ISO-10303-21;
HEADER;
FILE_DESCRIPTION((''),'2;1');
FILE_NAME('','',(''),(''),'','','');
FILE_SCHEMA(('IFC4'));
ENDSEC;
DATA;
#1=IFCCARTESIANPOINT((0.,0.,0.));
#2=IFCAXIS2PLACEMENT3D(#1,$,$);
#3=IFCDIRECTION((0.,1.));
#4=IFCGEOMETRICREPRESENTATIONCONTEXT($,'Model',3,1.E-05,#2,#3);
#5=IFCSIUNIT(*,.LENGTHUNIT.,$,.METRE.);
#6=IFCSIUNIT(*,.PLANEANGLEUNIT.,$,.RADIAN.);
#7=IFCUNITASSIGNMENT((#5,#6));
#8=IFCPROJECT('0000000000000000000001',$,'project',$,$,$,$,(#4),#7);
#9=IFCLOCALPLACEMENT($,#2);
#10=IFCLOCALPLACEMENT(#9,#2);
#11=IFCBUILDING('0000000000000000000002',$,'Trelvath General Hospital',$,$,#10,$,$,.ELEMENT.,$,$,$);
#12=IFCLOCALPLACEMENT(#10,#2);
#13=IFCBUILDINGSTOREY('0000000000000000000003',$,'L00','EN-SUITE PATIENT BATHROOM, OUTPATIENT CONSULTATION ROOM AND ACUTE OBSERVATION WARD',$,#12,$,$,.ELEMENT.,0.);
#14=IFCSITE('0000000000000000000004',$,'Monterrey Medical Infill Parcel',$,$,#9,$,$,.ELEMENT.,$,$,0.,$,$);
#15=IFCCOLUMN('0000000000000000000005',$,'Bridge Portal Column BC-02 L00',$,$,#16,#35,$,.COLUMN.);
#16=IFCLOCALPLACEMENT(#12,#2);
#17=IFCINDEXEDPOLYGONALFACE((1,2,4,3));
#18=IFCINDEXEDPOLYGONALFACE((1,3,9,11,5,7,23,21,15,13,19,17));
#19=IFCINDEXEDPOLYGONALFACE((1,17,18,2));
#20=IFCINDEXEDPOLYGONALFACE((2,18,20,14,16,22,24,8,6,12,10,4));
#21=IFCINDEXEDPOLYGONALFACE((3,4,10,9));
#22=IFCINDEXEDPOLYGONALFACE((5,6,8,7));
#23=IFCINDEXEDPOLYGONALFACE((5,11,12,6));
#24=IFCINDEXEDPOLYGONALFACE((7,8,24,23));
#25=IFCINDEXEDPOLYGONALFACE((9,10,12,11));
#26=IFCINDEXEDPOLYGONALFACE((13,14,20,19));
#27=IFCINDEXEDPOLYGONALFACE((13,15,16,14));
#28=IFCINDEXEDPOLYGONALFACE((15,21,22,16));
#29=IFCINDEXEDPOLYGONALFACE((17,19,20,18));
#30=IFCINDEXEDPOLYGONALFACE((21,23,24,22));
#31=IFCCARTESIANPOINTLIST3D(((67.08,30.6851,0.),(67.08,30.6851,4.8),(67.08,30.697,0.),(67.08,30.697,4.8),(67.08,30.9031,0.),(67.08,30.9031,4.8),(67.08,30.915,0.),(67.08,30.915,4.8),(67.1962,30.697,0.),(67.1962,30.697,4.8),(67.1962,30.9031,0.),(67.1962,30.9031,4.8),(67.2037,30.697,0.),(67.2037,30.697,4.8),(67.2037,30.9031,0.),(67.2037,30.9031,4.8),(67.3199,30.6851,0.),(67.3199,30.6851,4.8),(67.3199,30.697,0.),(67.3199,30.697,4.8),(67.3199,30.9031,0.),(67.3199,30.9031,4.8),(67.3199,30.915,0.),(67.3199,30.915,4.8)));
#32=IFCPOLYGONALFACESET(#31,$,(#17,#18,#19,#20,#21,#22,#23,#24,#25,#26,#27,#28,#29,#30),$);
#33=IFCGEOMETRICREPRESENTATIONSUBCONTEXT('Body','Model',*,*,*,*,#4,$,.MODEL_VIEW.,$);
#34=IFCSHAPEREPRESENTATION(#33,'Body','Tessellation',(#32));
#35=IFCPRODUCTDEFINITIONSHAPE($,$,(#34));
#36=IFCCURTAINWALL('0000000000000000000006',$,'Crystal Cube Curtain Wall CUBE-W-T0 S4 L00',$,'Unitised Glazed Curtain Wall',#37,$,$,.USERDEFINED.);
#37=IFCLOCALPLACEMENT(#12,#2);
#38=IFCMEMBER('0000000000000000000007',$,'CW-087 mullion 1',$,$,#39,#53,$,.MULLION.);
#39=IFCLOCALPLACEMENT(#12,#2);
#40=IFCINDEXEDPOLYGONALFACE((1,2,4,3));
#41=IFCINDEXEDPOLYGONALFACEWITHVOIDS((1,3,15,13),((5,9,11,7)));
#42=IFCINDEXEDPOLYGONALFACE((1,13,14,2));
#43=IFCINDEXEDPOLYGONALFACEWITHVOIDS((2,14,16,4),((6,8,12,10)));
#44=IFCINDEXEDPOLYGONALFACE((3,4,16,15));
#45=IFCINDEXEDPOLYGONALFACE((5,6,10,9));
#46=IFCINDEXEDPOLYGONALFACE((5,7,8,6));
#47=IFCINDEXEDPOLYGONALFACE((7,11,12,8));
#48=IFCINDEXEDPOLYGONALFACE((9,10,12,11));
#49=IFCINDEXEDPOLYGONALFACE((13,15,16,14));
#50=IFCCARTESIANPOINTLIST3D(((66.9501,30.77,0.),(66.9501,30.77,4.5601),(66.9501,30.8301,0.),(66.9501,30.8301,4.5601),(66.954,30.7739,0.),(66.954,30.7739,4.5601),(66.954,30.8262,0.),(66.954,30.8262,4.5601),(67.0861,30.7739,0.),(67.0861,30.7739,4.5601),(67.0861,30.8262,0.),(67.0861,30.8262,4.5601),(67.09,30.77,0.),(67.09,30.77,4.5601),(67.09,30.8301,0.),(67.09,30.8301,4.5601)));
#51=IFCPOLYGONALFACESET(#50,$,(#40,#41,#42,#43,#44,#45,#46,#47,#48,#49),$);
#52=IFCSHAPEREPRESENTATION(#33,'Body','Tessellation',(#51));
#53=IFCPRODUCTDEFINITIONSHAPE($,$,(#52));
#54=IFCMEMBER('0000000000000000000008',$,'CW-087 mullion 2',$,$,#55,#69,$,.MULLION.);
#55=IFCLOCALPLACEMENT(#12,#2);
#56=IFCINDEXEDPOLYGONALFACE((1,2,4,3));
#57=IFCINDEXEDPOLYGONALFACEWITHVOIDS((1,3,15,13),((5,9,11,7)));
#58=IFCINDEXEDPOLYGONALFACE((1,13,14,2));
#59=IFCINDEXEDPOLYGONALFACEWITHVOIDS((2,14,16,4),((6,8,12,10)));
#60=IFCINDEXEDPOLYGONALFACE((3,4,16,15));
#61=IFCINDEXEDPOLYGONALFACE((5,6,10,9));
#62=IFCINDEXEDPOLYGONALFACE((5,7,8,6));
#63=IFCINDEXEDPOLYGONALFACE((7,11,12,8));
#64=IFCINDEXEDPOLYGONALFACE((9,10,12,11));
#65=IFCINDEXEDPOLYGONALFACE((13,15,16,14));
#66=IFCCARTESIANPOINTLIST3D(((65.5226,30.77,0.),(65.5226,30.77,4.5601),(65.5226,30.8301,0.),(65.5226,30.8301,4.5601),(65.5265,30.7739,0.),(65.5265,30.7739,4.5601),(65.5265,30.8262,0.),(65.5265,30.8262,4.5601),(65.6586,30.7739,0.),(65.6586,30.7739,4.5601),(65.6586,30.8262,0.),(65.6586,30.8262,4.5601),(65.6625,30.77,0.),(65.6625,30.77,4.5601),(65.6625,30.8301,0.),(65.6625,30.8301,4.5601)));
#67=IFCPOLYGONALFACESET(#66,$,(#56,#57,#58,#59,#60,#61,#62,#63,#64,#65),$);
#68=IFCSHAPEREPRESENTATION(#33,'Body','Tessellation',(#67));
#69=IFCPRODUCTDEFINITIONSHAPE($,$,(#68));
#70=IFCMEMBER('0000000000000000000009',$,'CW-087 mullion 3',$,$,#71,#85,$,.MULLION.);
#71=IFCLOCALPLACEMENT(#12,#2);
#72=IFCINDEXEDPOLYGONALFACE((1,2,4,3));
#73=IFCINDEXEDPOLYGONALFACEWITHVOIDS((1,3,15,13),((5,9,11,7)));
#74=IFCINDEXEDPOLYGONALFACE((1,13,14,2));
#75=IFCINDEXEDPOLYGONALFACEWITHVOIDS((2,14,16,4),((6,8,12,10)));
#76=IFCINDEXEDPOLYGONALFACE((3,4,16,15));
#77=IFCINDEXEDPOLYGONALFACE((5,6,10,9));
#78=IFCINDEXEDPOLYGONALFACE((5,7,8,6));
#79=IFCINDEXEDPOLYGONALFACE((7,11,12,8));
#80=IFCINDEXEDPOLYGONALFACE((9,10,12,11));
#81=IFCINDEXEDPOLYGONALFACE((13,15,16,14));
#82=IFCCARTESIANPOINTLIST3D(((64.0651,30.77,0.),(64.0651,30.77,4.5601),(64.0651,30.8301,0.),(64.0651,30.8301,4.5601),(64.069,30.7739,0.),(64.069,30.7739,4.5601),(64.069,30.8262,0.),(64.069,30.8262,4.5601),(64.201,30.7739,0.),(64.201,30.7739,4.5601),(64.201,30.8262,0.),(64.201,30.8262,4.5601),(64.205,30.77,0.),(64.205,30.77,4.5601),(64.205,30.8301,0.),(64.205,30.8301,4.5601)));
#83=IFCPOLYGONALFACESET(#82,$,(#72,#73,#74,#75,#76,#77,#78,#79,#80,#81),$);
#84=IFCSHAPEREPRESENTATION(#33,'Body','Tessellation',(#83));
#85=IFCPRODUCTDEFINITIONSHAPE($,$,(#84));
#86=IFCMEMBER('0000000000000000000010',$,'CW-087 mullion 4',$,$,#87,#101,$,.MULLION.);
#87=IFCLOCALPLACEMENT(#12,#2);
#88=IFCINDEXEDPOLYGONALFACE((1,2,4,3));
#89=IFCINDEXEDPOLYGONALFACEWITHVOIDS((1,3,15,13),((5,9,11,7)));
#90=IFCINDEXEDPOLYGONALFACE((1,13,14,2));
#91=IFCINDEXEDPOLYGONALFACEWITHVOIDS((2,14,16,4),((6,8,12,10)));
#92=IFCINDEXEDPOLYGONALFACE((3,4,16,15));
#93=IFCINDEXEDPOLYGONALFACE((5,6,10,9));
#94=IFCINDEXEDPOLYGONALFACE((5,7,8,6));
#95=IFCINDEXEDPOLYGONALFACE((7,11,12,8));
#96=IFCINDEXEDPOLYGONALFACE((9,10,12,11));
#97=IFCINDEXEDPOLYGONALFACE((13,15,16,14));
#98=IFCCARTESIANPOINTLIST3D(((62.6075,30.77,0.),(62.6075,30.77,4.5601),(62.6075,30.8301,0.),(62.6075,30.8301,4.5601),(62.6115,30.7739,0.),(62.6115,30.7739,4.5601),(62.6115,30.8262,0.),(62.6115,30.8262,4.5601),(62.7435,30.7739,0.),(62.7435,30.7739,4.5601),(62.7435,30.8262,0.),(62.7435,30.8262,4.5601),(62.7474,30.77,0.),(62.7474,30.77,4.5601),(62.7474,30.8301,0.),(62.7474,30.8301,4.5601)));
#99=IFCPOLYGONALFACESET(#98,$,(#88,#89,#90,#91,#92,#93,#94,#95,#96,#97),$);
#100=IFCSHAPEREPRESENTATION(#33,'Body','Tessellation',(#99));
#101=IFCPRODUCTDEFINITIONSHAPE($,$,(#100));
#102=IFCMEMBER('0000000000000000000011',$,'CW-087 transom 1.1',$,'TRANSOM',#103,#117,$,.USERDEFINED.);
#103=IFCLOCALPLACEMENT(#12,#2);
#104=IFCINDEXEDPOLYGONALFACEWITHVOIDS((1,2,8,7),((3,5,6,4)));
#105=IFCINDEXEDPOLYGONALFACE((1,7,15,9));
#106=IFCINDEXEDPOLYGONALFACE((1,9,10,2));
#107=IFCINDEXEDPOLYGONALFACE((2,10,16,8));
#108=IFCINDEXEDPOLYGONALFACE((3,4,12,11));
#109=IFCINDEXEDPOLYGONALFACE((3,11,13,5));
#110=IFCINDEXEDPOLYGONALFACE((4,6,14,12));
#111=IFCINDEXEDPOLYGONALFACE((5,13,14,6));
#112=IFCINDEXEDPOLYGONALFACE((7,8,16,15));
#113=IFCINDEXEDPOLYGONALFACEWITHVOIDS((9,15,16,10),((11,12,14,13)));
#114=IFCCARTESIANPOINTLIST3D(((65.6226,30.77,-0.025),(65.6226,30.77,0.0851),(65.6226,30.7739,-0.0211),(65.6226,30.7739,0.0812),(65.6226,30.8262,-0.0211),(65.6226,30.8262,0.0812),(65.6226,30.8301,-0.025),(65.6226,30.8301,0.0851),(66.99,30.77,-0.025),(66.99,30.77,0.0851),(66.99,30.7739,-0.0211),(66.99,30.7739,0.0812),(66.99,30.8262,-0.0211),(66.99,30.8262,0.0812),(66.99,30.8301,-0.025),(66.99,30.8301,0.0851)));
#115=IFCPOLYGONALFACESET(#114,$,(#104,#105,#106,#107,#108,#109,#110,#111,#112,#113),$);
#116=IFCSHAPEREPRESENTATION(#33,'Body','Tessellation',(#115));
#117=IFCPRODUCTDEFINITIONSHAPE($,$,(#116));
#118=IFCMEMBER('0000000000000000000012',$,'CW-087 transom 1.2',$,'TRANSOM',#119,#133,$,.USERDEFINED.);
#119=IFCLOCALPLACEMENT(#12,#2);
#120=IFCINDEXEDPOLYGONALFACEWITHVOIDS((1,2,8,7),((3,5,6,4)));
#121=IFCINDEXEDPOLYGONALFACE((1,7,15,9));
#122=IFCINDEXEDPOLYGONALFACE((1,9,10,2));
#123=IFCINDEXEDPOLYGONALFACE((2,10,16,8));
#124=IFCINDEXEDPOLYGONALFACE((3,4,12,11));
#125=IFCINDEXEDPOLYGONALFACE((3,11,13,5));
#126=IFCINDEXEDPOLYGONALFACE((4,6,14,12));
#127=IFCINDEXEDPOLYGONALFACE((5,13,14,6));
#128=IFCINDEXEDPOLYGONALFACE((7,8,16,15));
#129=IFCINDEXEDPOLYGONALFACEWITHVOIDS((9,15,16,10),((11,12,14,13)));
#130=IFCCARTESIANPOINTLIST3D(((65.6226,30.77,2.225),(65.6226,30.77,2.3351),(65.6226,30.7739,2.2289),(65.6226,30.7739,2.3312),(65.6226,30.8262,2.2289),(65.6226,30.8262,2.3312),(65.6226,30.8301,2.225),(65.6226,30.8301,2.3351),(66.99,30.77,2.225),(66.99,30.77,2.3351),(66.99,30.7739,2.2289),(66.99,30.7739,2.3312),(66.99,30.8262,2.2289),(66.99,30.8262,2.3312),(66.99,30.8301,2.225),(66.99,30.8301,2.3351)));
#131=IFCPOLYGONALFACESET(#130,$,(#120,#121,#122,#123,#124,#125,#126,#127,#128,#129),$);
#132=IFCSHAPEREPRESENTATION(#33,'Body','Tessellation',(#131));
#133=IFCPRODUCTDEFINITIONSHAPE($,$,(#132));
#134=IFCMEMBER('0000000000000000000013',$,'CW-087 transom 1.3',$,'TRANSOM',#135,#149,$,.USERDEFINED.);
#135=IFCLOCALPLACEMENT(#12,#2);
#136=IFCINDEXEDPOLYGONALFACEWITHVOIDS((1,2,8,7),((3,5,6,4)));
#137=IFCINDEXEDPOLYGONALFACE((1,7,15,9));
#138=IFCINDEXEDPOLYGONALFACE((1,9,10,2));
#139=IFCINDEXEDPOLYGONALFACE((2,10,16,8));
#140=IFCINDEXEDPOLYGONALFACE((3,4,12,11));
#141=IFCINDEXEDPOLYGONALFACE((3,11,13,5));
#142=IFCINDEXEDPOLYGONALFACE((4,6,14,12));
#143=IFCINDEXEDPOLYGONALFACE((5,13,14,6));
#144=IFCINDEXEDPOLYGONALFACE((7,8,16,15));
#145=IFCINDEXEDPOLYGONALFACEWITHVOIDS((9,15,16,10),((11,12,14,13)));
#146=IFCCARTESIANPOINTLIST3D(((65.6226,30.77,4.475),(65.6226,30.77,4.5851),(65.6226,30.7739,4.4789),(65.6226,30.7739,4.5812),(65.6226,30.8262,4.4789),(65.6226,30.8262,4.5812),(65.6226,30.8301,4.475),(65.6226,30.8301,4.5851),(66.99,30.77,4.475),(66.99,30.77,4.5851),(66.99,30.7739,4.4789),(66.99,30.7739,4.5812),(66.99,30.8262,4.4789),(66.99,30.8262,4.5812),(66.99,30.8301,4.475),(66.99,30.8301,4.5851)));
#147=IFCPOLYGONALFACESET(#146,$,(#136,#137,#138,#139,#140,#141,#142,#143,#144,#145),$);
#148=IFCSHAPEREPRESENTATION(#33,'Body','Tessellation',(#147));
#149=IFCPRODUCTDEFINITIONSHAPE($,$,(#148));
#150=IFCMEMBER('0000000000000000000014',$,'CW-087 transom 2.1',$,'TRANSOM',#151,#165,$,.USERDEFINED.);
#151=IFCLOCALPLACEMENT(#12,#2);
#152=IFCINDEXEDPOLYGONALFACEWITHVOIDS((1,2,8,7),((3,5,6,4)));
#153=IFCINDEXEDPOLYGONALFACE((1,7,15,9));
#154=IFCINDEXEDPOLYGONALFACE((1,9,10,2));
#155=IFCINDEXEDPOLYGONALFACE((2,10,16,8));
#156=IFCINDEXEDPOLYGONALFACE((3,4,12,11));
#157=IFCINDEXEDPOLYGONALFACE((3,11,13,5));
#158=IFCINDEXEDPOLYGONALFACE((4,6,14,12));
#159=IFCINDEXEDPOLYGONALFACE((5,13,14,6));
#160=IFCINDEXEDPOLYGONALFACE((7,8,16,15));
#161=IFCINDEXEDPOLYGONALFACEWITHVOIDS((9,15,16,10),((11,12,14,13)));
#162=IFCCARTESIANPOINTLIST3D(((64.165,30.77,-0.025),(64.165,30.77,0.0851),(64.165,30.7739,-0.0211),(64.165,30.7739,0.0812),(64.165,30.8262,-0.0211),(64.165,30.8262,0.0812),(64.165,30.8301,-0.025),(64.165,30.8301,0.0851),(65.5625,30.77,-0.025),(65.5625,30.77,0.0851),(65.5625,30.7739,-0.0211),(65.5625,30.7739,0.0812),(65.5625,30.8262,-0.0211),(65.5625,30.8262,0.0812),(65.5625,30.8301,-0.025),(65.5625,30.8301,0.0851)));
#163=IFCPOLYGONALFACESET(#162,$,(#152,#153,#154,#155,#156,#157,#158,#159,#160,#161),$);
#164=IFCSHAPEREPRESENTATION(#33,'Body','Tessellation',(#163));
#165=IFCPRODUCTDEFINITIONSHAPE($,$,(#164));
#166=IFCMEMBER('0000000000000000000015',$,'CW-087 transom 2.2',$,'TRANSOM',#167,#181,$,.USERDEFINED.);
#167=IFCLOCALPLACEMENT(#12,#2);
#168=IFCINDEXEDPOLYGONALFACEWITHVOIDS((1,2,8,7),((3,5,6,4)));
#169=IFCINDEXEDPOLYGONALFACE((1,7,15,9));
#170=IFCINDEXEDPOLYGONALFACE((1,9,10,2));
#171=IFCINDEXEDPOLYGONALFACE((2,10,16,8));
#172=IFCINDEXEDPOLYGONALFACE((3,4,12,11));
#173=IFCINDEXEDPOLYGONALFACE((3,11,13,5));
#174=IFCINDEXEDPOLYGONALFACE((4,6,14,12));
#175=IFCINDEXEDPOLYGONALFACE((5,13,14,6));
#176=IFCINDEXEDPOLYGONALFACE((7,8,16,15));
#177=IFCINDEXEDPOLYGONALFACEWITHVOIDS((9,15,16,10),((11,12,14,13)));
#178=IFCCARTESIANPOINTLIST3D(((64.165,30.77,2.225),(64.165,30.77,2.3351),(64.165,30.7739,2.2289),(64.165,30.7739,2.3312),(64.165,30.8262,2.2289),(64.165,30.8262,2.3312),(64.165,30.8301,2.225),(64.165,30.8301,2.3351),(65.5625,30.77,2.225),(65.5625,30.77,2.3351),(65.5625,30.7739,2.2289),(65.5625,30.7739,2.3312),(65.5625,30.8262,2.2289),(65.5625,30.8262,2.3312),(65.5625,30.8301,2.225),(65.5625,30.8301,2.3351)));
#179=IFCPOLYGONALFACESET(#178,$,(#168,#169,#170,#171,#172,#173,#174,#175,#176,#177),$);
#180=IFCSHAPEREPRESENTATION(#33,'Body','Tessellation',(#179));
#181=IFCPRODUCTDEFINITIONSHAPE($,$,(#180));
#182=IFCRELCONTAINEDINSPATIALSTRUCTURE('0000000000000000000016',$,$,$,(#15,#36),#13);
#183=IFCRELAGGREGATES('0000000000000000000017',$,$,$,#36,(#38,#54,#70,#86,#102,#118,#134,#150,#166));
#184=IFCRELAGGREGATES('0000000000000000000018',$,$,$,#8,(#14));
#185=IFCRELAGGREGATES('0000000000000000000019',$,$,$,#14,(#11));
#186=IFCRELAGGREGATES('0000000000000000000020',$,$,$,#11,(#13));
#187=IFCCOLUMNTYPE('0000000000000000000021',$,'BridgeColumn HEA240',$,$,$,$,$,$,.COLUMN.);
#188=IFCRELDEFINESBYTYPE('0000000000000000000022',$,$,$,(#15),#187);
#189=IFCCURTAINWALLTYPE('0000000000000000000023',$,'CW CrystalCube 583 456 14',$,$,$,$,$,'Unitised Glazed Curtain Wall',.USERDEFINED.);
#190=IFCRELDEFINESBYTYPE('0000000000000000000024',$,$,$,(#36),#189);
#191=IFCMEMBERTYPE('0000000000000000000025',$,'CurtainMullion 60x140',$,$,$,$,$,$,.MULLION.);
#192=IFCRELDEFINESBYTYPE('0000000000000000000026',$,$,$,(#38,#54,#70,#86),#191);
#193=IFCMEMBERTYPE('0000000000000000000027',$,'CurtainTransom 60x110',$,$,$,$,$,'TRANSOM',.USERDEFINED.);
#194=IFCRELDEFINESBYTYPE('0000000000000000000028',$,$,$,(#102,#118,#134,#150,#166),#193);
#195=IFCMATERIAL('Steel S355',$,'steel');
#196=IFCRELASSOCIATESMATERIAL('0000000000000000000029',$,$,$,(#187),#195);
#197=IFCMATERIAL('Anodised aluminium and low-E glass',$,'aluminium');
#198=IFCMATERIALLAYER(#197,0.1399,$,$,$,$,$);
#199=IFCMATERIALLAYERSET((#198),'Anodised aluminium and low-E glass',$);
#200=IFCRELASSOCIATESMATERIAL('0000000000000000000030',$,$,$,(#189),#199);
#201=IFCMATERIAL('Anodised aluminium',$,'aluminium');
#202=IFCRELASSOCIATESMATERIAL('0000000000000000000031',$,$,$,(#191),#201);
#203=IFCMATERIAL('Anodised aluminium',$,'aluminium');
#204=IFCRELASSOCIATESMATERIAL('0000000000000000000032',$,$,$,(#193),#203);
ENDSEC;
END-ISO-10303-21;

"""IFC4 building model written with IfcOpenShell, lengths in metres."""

from ifc_helpers import new_model, si_unit, direction, frame, origin, origin_2d, place, context, subcontext, project, spatial, hollow_rectangle, i_section, extrude, material, layer, layer_set, material_profile, profile_set, type_object, element, aggregate, save


model = new_model("IFC4")

# Units and contexts
model_context = context("Model", 3, precision=1e-05, world=origin(), true_north=direction((0.0, 1.0)))
body_context = subcontext(model_context, "Body", "Model", "MODEL_VIEW")
ifc_project = project(units=[si_unit("LENGTHUNIT", "METRE"), si_unit("PLANEANGLEUNIT", "RADIAN")], contexts=[model_context])

# Site, building, storey
site_placement = place(None, origin())
site = spatial("IfcSite", under=ifc_project, at=site_placement, Name="Monterrey Medical Infill Parcel", CompositionType="ELEMENT", RefElevation=0.0)
building_placement = place(site_placement, origin())
building = spatial("IfcBuilding", under=site, at=building_placement, Name="Trelvath General Hospital", CompositionType="ELEMENT")
storey_placement = place(building_placement, origin())
storey = spatial("IfcBuildingStorey", under=building, at=storey_placement, Name="L00", Description="EN-SUITE PATIENT BATHROOM, OUTPATIENT CONSULTATION ROOM AND ACUTE OBSERVATION WARD", CompositionType="ELEMENT", Elevation=0.0)

# Column
ifc_material_1 = material(Name="Steel S355", Category="steel")
ifc_material_profile_1 = material_profile(ifc_material_1, i_section(OverallWidth=0.24, OverallDepth=0.23, WebThickness=0.0076, FlangeThickness=0.012, at=origin_2d()), Name="HEA240")
ifc_profile_set_1 = profile_set([ifc_material_profile_1], Name="Steel S355")
column_type = type_object("IfcColumnType", Name="BridgeColumn HEA240", PredefinedType="COLUMN", material=ifc_profile_set_1)
column_placement = place(storey_placement, frame((67.2, 30.8, 0.0), z_axis=(0.0, 0.0, 1.0), x_axis=(1.0, 0.0, 0.0)))
element("IfcColumn", 1, at=column_placement, inside=storey, type_object=column_type, Name="Bridge Portal Column BC-02 L00", PredefinedType="COLUMN", context=body_context, shape_type="SweptSolid", body=[
    extrude(i_section(OverallWidth=0.24, OverallDepth=0.23, WebThickness=0.0076, FlangeThickness=0.012, at=origin_2d()), origin(), (0.0, 0.0, 1.0), 4.8),
])

# Curtain wall, members
ifc_material_2 = material(Name="Anodised aluminium and low-E glass", Category="aluminium")
ifc_layer_1 = layer(ifc_material_2, 0.1399)
ifc_layer_set_1 = layer_set([ifc_layer_1], Name="Anodised aluminium and low-E glass")
curtain_wall_type = type_object("IfcCurtainWallType", Name="CW CrystalCube 583 456 14", ElementType="Unitised Glazed Curtain Wall", PredefinedType="USERDEFINED", material=ifc_layer_set_1)
curtain_wall_placement = place(storey_placement, origin())
curtain_wall = element("IfcCurtainWall", 2, at=curtain_wall_placement, inside=storey, type_object=curtain_wall_type, Name="Crystal Cube Curtain Wall CUBE-W-T0 S4 L00", ObjectType="Unitised Glazed Curtain Wall", PredefinedType="USERDEFINED")
ifc_material_3 = material(Name="Anodised aluminium", Category="aluminium")
ifc_material_profile_2 = material_profile(ifc_material_3, hollow_rectangle(XDim=0.0601, YDim=0.1399, WallThickness=0.0039, at=origin_2d()), Name="RHS60x140x4")
ifc_profile_set_2 = profile_set([ifc_material_profile_2], Name="Anodised aluminium")
member_type_1 = type_object("IfcMemberType", Name="CurtainMullion 60x140", PredefinedType="MULLION", material=ifc_profile_set_2)
member_1_placement = place(storey_placement, frame((67.02, 30.8, 0.0), z_axis=(0.0, 0.0, 1.0), x_axis=(0.0, -1.0, 0.0)))
member_1 = element("IfcMember", 3, at=member_1_placement, type_object=member_type_1, Name="CW-087 mullion 1", PredefinedType="MULLION", context=body_context, shape_type="SweptSolid", body=[
    extrude(hollow_rectangle(XDim=0.0601, YDim=0.1399, WallThickness=0.0039, at=origin_2d()), origin(), (0.0, 0.0, 1.0), 4.5601),
])
member_2_placement = place(storey_placement, frame((65.5925, 30.8, 0.0), z_axis=(0.0, 0.0, 1.0), x_axis=(0.0, -1.0, 0.0)))
member_2 = element("IfcMember", 4, at=member_2_placement, type_object=member_type_1, Name="CW-087 mullion 2", PredefinedType="MULLION", context=body_context, shape_type="SweptSolid", body=[
    extrude(hollow_rectangle(XDim=0.0601, YDim=0.1399, WallThickness=0.0039, at=origin_2d()), origin(), (0.0, 0.0, 1.0), 4.5601),
])
member_3_placement = place(storey_placement, frame((64.135, 30.8, 0.0), z_axis=(0.0, 0.0, 1.0), x_axis=(0.0, -1.0, 0.0)))
member_3 = element("IfcMember", 5, at=member_3_placement, type_object=member_type_1, Name="CW-087 mullion 3", PredefinedType="MULLION", context=body_context, shape_type="SweptSolid", body=[
    extrude(hollow_rectangle(XDim=0.0601, YDim=0.1399, WallThickness=0.0039, at=origin_2d()), origin(), (0.0, 0.0, 1.0), 4.5601),
])
member_4_placement = place(storey_placement, frame((62.6775, 30.8, 0.0), z_axis=(0.0, 0.0, 1.0), x_axis=(0.0, -1.0, 0.0)))
member_4 = element("IfcMember", 6, at=member_4_placement, type_object=member_type_1, Name="CW-087 mullion 4", PredefinedType="MULLION", context=body_context, shape_type="SweptSolid", body=[
    extrude(hollow_rectangle(XDim=0.0601, YDim=0.1399, WallThickness=0.0039, at=origin_2d()), origin(), (0.0, 0.0, 1.0), 4.5601),
])
ifc_material_4 = material(Name="Anodised aluminium", Category="aluminium")
ifc_material_profile_3 = material_profile(ifc_material_4, hollow_rectangle(XDim=0.0601, YDim=0.1101, WallThickness=0.0039, at=origin_2d()), Name="RHS60x110x4")
ifc_profile_set_3 = profile_set([ifc_material_profile_3], Name="Anodised aluminium")
member_type_2 = type_object("IfcMemberType", Name="CurtainTransom 60x110", ElementType="TRANSOM", PredefinedType="USERDEFINED", material=ifc_profile_set_3)
member_5_placement = place(storey_placement, frame((66.99, 30.8, 0.03), z_axis=(-1.0, 0.0, 0.0), x_axis=(0.0, -1.0, 0.0)))
member_5 = element("IfcMember", 7, at=member_5_placement, type_object=member_type_2, Name="CW-087 transom 1.1", ObjectType="TRANSOM", PredefinedType="USERDEFINED", context=body_context, shape_type="SweptSolid", body=[
    extrude(hollow_rectangle(XDim=0.0601, YDim=0.1101, WallThickness=0.0039, at=origin_2d()), origin(), (0.0, 0.0, 1.0), 1.3674),
])
member_6_placement = place(storey_placement, frame((66.99, 30.8, 2.28), z_axis=(-1.0, 0.0, 0.0), x_axis=(0.0, -1.0, 0.0)))
member_6 = element("IfcMember", 8, at=member_6_placement, type_object=member_type_2, Name="CW-087 transom 1.2", ObjectType="TRANSOM", PredefinedType="USERDEFINED", context=body_context, shape_type="SweptSolid", body=[
    extrude(hollow_rectangle(XDim=0.0601, YDim=0.1101, WallThickness=0.0039, at=origin_2d()), origin(), (0.0, 0.0, 1.0), 1.3674),
])
member_7_placement = place(storey_placement, frame((66.99, 30.8, 4.53), z_axis=(-1.0, 0.0, 0.0), x_axis=(0.0, -1.0, 0.0)))
member_7 = element("IfcMember", 9, at=member_7_placement, type_object=member_type_2, Name="CW-087 transom 1.3", ObjectType="TRANSOM", PredefinedType="USERDEFINED", context=body_context, shape_type="SweptSolid", body=[
    extrude(hollow_rectangle(XDim=0.0601, YDim=0.1101, WallThickness=0.0039, at=origin_2d()), origin(), (0.0, 0.0, 1.0), 1.3674),
])
member_8_placement = place(storey_placement, frame((65.5625, 30.8, 0.03), z_axis=(-1.0, 0.0, 0.0), x_axis=(0.0, -1.0, 0.0)))
member_8 = element("IfcMember", 10, at=member_8_placement, type_object=member_type_2, Name="CW-087 transom 2.1", ObjectType="TRANSOM", PredefinedType="USERDEFINED", context=body_context, shape_type="SweptSolid", body=[
    extrude(hollow_rectangle(XDim=0.0601, YDim=0.1101, WallThickness=0.0039, at=origin_2d()), origin(), (0.0, 0.0, 1.0), 1.3975),
])
member_9_placement = place(storey_placement, frame((65.5625, 30.8, 2.28), z_axis=(-1.0, 0.0, 0.0), x_axis=(0.0, -1.0, 0.0)))
member_9 = element("IfcMember", 11, at=member_9_placement, type_object=member_type_2, Name="CW-087 transom 2.2", ObjectType="TRANSOM", PredefinedType="USERDEFINED", context=body_context, shape_type="SweptSolid", body=[
    extrude(hollow_rectangle(XDim=0.0601, YDim=0.1101, WallThickness=0.0039, at=origin_2d()), origin(), (0.0, 0.0, 1.0), 1.3975),
])
aggregate(curtain_wall, [member_1, member_2, member_3, member_4, member_5, member_6, member_7, member_8, member_9])

save(model, "model.ifc")
